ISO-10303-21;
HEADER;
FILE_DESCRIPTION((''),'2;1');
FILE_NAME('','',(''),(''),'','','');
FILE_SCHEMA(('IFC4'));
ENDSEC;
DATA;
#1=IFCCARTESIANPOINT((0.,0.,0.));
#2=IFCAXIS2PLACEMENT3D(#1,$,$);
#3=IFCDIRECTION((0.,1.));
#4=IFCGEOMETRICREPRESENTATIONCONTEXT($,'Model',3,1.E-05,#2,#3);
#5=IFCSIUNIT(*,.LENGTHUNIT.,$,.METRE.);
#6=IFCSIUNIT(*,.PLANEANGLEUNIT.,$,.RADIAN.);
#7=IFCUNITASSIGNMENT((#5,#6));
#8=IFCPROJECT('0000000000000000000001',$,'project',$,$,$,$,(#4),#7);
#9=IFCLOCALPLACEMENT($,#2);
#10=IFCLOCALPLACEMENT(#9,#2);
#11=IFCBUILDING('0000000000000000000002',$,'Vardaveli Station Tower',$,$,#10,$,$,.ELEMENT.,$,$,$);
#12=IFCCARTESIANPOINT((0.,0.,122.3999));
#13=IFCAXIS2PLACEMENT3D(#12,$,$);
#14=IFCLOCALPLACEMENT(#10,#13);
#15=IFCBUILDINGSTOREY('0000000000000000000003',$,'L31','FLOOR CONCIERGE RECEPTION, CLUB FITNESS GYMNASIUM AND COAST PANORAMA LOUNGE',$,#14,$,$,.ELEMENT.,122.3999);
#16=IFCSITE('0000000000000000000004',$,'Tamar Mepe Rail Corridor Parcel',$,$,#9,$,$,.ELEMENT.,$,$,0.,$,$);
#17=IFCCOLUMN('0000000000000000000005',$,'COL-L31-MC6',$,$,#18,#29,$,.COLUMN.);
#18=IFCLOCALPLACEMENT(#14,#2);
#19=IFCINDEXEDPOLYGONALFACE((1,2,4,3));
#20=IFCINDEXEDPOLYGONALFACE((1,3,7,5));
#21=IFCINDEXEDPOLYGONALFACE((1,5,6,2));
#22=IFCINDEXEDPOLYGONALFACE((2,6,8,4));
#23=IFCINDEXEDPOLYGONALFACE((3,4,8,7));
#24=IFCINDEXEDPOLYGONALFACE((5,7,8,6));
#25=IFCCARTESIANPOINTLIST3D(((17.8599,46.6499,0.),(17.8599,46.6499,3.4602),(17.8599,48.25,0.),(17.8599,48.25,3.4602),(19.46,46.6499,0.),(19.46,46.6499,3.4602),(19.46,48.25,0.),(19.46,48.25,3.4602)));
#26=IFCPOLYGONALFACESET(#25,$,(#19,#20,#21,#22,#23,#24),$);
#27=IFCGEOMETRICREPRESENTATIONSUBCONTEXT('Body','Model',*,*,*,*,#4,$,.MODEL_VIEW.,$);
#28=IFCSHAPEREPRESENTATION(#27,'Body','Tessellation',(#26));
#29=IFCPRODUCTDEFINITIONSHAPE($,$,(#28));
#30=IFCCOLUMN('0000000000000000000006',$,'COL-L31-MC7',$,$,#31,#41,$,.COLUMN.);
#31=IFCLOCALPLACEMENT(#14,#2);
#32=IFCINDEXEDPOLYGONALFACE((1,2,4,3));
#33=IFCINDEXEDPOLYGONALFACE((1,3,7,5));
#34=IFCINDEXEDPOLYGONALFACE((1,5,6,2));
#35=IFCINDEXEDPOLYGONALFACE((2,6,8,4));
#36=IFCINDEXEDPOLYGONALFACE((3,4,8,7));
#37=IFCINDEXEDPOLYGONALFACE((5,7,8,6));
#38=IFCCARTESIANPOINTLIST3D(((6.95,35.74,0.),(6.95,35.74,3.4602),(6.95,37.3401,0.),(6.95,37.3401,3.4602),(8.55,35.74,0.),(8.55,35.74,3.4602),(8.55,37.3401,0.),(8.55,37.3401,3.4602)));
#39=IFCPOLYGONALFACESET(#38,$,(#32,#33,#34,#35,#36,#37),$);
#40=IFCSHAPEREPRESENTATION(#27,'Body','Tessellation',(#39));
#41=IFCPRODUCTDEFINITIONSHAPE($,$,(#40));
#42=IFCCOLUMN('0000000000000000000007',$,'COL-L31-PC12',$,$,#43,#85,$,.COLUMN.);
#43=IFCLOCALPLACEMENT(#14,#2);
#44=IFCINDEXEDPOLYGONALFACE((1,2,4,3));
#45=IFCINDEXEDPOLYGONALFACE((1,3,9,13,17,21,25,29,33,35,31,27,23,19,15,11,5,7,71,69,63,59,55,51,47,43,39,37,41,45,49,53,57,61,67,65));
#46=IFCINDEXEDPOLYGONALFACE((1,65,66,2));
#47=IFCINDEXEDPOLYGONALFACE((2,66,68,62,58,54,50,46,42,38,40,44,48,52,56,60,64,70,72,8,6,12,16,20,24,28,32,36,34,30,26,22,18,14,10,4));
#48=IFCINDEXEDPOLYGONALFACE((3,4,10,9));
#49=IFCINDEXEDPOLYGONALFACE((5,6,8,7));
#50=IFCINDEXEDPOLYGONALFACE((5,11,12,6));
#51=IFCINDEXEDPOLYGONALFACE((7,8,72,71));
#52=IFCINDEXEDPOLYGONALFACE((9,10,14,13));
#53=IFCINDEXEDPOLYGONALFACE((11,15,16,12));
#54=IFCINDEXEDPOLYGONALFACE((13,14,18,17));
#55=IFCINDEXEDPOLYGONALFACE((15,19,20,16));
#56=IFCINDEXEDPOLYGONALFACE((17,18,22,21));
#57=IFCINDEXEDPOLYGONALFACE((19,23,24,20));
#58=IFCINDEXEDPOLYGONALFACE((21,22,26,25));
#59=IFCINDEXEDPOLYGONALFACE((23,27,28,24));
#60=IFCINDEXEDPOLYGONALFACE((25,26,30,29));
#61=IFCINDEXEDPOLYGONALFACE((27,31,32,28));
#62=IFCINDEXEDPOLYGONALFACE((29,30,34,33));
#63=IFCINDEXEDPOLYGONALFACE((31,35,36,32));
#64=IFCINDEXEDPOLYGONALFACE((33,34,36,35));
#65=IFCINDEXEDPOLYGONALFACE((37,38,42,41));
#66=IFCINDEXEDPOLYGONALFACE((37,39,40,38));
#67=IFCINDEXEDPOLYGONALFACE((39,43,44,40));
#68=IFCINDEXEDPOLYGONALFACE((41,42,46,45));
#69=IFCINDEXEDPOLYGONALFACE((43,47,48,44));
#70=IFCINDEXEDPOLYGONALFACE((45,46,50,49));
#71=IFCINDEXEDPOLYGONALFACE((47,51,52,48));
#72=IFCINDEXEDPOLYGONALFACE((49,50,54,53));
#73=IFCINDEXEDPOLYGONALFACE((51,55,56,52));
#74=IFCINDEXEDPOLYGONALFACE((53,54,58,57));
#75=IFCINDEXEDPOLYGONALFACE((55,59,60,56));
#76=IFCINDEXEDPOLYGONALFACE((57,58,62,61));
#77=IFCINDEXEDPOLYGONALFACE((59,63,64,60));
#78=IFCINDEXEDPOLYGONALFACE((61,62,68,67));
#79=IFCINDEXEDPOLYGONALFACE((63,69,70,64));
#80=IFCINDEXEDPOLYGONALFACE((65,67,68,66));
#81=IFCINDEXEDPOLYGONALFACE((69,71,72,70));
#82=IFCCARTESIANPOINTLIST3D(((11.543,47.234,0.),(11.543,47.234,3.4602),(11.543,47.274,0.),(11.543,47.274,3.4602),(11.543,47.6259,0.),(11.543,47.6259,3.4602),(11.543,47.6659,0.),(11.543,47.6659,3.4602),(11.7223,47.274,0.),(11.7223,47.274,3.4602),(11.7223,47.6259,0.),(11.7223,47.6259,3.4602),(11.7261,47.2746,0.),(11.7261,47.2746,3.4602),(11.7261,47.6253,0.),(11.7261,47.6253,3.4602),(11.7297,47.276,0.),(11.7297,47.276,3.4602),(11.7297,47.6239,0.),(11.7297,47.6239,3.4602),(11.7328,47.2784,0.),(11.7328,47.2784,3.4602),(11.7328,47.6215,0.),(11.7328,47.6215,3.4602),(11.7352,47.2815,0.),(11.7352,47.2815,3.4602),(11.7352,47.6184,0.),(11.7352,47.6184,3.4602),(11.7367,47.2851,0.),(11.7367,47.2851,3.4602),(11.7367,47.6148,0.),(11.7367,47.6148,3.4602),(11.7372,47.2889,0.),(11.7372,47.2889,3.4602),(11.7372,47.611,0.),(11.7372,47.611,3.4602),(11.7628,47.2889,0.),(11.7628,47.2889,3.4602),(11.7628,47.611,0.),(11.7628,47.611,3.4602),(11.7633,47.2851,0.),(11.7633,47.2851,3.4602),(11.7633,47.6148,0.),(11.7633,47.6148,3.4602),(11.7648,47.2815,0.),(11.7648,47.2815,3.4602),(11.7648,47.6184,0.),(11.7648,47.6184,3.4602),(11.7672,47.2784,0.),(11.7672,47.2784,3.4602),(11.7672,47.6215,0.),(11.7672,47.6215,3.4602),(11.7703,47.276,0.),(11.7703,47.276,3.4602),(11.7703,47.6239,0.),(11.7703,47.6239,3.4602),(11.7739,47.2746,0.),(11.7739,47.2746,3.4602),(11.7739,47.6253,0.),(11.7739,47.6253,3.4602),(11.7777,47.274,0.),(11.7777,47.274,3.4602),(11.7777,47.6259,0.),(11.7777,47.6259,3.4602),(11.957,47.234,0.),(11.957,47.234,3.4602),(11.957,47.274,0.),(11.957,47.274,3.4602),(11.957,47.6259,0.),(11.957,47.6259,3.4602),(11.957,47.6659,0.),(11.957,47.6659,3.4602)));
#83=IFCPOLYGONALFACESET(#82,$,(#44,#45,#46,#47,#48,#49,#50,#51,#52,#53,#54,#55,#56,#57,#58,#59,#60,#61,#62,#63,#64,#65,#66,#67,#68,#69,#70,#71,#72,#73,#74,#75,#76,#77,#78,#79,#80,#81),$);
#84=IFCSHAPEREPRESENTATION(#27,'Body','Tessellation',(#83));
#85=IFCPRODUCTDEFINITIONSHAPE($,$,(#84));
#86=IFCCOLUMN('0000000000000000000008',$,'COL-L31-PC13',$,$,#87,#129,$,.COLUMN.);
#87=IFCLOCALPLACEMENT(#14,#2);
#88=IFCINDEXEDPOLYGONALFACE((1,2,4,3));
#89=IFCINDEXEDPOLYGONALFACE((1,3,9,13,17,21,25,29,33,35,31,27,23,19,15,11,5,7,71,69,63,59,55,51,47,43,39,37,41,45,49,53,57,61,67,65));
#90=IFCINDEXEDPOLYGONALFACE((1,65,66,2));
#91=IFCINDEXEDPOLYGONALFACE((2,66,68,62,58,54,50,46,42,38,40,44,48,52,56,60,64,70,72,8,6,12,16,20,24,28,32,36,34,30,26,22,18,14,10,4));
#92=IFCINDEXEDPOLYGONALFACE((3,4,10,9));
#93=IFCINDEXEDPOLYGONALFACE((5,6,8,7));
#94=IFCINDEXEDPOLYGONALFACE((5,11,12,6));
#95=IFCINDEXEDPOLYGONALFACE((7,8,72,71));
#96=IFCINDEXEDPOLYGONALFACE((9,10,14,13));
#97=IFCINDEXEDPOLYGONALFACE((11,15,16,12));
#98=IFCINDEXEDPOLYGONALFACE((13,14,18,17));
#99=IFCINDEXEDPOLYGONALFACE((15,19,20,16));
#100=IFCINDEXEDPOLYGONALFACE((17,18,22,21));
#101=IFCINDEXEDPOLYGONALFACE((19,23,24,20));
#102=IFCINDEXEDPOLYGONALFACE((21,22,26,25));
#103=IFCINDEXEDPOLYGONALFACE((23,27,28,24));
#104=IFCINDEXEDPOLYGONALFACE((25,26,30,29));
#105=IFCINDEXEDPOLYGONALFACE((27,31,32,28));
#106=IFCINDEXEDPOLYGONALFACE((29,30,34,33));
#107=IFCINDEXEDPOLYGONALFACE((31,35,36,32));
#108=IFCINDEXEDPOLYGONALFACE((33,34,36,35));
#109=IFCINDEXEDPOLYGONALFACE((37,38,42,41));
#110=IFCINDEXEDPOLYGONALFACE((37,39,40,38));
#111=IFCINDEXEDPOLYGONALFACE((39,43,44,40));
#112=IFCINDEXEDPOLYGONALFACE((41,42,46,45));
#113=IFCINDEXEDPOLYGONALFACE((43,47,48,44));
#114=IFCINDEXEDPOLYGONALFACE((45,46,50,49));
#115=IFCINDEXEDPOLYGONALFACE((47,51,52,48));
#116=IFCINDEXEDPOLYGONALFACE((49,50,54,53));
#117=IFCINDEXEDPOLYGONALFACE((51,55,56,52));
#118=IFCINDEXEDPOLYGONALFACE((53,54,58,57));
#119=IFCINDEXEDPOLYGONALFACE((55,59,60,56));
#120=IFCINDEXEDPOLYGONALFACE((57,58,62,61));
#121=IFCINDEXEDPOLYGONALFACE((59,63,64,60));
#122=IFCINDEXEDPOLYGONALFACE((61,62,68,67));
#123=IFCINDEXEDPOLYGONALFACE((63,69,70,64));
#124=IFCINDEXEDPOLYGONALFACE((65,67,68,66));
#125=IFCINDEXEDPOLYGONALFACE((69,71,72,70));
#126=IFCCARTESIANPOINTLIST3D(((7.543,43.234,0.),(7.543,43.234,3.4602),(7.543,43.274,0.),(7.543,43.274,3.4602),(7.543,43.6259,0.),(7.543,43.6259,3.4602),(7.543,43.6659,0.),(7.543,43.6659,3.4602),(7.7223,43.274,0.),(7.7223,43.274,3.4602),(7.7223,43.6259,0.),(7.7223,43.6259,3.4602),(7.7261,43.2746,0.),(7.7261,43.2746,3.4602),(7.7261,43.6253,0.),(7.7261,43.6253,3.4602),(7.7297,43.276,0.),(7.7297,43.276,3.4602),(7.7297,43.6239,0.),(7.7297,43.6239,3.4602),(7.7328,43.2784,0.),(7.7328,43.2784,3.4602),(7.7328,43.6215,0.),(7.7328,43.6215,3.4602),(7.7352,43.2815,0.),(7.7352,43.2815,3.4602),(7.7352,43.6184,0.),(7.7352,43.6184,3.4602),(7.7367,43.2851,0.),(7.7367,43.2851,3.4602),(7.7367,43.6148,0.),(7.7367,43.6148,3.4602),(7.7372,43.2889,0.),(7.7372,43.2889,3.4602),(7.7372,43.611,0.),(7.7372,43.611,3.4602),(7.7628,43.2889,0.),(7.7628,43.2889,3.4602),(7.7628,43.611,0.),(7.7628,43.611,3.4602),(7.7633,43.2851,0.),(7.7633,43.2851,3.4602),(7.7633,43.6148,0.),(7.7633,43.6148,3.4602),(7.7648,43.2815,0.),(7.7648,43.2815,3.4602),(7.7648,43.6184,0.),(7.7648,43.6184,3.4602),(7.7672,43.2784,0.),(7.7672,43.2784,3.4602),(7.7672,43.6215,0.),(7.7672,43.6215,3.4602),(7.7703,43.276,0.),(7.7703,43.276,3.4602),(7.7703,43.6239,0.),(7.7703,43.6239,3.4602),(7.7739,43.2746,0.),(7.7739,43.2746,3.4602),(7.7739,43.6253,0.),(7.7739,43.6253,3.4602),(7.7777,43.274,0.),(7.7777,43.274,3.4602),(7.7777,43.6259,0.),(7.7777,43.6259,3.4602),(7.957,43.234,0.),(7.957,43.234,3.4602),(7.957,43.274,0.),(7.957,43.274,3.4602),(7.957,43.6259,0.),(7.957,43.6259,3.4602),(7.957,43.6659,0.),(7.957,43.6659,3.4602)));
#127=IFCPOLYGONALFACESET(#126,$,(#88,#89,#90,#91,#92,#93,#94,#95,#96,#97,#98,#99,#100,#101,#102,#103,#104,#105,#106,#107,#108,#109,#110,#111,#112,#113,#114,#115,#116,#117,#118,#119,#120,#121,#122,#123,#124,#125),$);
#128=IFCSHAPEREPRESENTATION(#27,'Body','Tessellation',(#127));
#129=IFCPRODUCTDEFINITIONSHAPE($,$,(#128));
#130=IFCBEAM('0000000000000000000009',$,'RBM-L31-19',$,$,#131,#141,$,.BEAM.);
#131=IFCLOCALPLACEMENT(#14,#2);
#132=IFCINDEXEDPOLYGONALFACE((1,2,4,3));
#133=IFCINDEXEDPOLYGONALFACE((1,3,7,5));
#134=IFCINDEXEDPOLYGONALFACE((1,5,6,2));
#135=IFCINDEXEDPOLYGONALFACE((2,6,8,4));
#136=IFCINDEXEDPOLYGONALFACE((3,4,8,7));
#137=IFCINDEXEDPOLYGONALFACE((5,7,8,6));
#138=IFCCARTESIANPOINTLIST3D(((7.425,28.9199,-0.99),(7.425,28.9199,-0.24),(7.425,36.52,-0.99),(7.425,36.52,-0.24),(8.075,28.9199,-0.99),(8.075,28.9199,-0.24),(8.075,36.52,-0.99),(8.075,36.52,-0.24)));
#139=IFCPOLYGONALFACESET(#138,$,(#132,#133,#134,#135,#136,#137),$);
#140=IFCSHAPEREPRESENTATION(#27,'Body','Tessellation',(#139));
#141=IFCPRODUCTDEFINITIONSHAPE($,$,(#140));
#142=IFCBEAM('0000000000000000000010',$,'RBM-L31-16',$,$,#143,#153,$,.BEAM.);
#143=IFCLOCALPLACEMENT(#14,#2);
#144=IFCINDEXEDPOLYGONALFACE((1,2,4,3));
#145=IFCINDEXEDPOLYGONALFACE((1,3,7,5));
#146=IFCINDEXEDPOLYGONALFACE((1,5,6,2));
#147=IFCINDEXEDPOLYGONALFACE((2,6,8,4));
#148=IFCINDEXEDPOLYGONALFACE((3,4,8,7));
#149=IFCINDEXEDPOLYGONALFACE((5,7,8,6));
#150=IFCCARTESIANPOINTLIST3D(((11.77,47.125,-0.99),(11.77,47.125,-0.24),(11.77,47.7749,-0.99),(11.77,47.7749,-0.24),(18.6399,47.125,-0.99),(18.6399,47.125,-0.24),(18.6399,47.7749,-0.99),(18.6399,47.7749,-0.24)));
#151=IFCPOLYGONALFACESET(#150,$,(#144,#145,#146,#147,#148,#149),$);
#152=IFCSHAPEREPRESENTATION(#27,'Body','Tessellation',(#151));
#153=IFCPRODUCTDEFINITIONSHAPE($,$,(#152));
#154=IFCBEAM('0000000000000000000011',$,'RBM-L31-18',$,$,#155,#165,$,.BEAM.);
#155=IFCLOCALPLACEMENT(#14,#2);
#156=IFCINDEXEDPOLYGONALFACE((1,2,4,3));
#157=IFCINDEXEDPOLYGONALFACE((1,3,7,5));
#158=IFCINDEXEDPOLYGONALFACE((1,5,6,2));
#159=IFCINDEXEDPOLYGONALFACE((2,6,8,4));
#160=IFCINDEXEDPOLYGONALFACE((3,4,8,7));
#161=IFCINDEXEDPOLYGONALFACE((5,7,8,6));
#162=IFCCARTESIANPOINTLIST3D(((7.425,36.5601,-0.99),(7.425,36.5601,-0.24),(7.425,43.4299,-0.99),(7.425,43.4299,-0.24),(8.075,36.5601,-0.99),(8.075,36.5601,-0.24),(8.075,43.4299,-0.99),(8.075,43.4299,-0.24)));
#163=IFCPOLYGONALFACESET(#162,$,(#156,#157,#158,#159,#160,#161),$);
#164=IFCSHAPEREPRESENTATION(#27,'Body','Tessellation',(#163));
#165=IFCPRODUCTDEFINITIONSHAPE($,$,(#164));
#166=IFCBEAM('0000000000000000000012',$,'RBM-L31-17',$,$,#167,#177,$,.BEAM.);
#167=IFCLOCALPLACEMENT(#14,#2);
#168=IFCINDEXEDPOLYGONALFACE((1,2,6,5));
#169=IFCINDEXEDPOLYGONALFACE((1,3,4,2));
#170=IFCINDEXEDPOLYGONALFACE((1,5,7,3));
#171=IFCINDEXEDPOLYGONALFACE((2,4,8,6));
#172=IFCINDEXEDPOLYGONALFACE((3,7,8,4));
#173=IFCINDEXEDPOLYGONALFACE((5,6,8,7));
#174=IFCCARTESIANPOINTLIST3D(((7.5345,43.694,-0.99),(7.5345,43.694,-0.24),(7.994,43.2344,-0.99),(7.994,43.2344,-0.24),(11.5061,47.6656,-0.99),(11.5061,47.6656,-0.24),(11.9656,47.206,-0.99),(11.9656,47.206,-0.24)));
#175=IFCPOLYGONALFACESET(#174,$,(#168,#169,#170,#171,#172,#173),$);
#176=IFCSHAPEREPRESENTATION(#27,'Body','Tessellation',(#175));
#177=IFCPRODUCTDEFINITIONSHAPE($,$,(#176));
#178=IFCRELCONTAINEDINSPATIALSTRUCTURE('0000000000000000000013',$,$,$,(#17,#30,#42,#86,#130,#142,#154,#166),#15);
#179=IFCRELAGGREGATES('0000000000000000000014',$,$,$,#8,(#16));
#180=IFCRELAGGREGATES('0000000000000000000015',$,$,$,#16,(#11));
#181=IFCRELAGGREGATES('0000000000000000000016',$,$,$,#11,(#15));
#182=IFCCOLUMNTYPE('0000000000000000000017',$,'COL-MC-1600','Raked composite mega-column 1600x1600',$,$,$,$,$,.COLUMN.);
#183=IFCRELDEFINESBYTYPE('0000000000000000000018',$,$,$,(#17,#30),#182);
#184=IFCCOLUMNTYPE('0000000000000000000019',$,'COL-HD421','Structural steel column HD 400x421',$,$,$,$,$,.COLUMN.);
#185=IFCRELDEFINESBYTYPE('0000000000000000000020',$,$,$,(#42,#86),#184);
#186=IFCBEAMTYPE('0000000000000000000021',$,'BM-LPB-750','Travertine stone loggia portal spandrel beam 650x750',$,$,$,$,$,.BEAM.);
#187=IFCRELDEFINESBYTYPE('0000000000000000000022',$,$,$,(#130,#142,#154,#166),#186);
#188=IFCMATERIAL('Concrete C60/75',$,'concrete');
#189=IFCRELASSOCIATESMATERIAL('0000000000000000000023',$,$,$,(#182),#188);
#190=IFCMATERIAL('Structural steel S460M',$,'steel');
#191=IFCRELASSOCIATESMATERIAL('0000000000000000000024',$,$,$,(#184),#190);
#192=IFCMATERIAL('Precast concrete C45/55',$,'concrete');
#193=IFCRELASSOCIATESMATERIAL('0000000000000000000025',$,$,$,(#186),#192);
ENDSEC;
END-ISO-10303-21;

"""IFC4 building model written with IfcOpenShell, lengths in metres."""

from ifc_helpers import new_model, si_unit, direction, frame, origin, origin_2d, place, context, subcontext, project, spatial, rectangle, i_section, extrude, source, transform, mapped, material, material_profile, profile_set, type_object, element, save


model = new_model("IFC4")

# Units and contexts
model_context = context("Model", 3, precision=1e-05, world=origin(), true_north=direction((0.0, 1.0)))
body_context = subcontext(model_context, "Body", "Model", "MODEL_VIEW")
ifc_project = project(units=[si_unit("LENGTHUNIT", "METRE"), si_unit("PLANEANGLEUNIT", "RADIAN")], contexts=[model_context])

# Site, building, storey
site_placement = place(None, origin())
site = spatial("IfcSite", under=ifc_project, at=site_placement, Name="Tamar Mepe Rail Corridor Parcel", CompositionType="ELEMENT", RefElevation=0.0)
building_placement = place(site_placement, origin())
building = spatial("IfcBuilding", under=site, at=building_placement, Name="Vardaveli Station Tower", CompositionType="ELEMENT")
storey_placement = place(building_placement, frame((0.0, 0.0, 122.3999)))
storey = spatial("IfcBuildingStorey", under=building, at=storey_placement, Name="L31", Description="FLOOR CONCIERGE RECEPTION, CLUB FITNESS GYMNASIUM AND COAST PANORAMA LOUNGE", CompositionType="ELEMENT", Elevation=122.3999)

# Columns
ifc_material_1 = material(Name="Concrete C60/75", Category="concrete")
ifc_material_profile_1 = material_profile(ifc_material_1, rectangle(XDim=1.6001, YDim=1.6001, at=origin_2d()), Name="MC 1600x1600")
ifc_profile_set_1 = profile_set([ifc_material_profile_1], Name="Concrete C60/75")
column_type_1 = type_object("IfcColumnType", Name="COL-MC-1600", Description="Raked composite mega-column 1600x1600", PredefinedType="COLUMN", material=ifc_profile_set_1)
shared_shape_1 = source(origin(), body_context, "Body", "SweptSolid", [
    extrude(rectangle(XDim=1.6001, YDim=1.6001, at=origin_2d()), origin(), (0.0, 0.0, 1.0), 3.4602),
])
for number, where, z_axis, x_axis, name in (
    (1, (18.6599, 47.45, 0.0), (0.0, 0.0, 1.0), (1.0, 0.0, 0.0), "COL-L31-MC6"),
    (2, (7.75, 36.54, 0.0), (0.0, 0.0, 1.0), (1.0, 0.0, 0.0), "COL-L31-MC7"),
):
    element("IfcColumn", number, at=place(storey_placement, frame(where, z_axis=z_axis, x_axis=x_axis)), inside=storey, type_object=column_type_1, Name=name, PredefinedType="COLUMN", context=body_context, shape_type="MappedRepresentation", body=[
        mapped(shared_shape_1, transform((0.0, 0.0, 0.0), scale=1.0)),
    ])
ifc_material_2 = material(Name="Structural steel S460M", Category="steel")
ifc_material_profile_2 = material_profile(ifc_material_2, i_section(OverallWidth=0.4141, OverallDepth=0.4319, WebThickness=0.0256, FlangeThickness=0.04, FilletRadius=0.0149, at=origin_2d()), Name="HD 400x421")
ifc_profile_set_2 = profile_set([ifc_material_profile_2], Name="Structural steel S460M")
column_type_2 = type_object("IfcColumnType", Name="COL-HD421", Description="Structural steel column HD 400x421", PredefinedType="COLUMN", material=ifc_profile_set_2)
shared_shape_2 = source(origin(), body_context, "Body", "SweptSolid", [
    extrude(i_section(OverallWidth=0.4141, OverallDepth=0.4319, WebThickness=0.0256, FlangeThickness=0.04, FilletRadius=0.0149, at=origin_2d()), origin(), (0.0, 0.0, 1.0), 3.4602),
])
for number, where, z_axis, x_axis, name in (
    (3, (11.75, 47.45, 0.0), (0.0, 0.0, 1.0), (1.0, 0.0, 0.0), "COL-L31-PC12"),
    (4, (7.75, 43.45, 0.0), (0.0, 0.0, 1.0), (1.0, 0.0, 0.0), "COL-L31-PC13"),
):
    element("IfcColumn", number, at=place(storey_placement, frame(where, z_axis=z_axis, x_axis=x_axis)), inside=storey, type_object=column_type_2, Name=name, PredefinedType="COLUMN", context=body_context, shape_type="MappedRepresentation", body=[
        mapped(shared_shape_2, transform((0.0, 0.0, 0.0), scale=1.0)),
    ])

# Beams
ifc_material_3 = material(Name="Precast concrete C45/55", Category="concrete")
ifc_material_profile_3 = material_profile(ifc_material_3, rectangle(XDim=0.6499, YDim=0.75, at=origin_2d()), Name="LPB 650x750")
ifc_profile_set_3 = profile_set([ifc_material_profile_3], Name="Precast concrete C45/55")
beam_type = type_object("IfcBeamType", Name="BM-LPB-750", Description="Travertine stone loggia portal spandrel beam 650x750", PredefinedType="BEAM", material=ifc_profile_set_3)
shared_shape_3 = source(origin(), body_context, "Body", "SweptSolid", [
    extrude(rectangle(XDim=0.6499, YDim=0.75, at=origin_2d()), origin(), (0.0, 0.0, 1.0), 7.6001),
])
beam_1_placement = place(storey_placement, frame((7.75, 36.52, -0.615), z_axis=(0.0, -1.0, 0.0), x_axis=(1.0, 0.0, 0.0)))
element("IfcBeam", 5, at=beam_1_placement, inside=storey, type_object=beam_type, Name="RBM-L31-19", PredefinedType="BEAM", context=body_context, shape_type="MappedRepresentation", body=[
    mapped(shared_shape_3, transform((0.0, 0.0, 0.0), scale=1.0)),
])
shared_shape_4 = source(origin(), body_context, "Body", "SweptSolid", [
    extrude(rectangle(XDim=0.6499, YDim=0.75, at=origin_2d()), origin(), (0.0, 0.0, 1.0), 6.8699),
])
for number, where, z_axis, x_axis, name in (
    (6, (18.6399, 47.45, -0.615), (-1.0, 0.0, 0.0), (0.0, -1.0, 0.0), "RBM-L31-16"),
    (7, (7.75, 43.4299, -0.615), (0.0, -1.0, 0.0), (1.0, 0.0, 0.0), "RBM-L31-18"),
):
    element("IfcBeam", number, at=place(storey_placement, frame(where, z_axis=z_axis, x_axis=x_axis)), inside=storey, type_object=beam_type, Name=name, PredefinedType="BEAM", context=body_context, shape_type="MappedRepresentation", body=[
        mapped(shared_shape_4, transform((0.0, 0.0, 0.0), scale=1.0)),
    ])
shared_shape_5 = source(origin(), body_context, "Body", "SweptSolid", [
    extrude(rectangle(XDim=0.6499, YDim=0.75, at=origin_2d()), origin(), (0.0, 0.0, 1.0), 5.6167),
])
beam_2_placement = place(storey_placement, frame((11.7358, 47.4358, -0.615), z_axis=(-0.707107, -0.707107, 0.0), x_axis=(0.707107, -0.707107, 0.0)))
element("IfcBeam", 8, at=beam_2_placement, inside=storey, type_object=beam_type, Name="RBM-L31-17", PredefinedType="BEAM", context=body_context, shape_type="MappedRepresentation", body=[
    mapped(shared_shape_5, transform((0.0, 0.0, 0.0), scale=1.0)),
])

save(model, "model.ifc")
